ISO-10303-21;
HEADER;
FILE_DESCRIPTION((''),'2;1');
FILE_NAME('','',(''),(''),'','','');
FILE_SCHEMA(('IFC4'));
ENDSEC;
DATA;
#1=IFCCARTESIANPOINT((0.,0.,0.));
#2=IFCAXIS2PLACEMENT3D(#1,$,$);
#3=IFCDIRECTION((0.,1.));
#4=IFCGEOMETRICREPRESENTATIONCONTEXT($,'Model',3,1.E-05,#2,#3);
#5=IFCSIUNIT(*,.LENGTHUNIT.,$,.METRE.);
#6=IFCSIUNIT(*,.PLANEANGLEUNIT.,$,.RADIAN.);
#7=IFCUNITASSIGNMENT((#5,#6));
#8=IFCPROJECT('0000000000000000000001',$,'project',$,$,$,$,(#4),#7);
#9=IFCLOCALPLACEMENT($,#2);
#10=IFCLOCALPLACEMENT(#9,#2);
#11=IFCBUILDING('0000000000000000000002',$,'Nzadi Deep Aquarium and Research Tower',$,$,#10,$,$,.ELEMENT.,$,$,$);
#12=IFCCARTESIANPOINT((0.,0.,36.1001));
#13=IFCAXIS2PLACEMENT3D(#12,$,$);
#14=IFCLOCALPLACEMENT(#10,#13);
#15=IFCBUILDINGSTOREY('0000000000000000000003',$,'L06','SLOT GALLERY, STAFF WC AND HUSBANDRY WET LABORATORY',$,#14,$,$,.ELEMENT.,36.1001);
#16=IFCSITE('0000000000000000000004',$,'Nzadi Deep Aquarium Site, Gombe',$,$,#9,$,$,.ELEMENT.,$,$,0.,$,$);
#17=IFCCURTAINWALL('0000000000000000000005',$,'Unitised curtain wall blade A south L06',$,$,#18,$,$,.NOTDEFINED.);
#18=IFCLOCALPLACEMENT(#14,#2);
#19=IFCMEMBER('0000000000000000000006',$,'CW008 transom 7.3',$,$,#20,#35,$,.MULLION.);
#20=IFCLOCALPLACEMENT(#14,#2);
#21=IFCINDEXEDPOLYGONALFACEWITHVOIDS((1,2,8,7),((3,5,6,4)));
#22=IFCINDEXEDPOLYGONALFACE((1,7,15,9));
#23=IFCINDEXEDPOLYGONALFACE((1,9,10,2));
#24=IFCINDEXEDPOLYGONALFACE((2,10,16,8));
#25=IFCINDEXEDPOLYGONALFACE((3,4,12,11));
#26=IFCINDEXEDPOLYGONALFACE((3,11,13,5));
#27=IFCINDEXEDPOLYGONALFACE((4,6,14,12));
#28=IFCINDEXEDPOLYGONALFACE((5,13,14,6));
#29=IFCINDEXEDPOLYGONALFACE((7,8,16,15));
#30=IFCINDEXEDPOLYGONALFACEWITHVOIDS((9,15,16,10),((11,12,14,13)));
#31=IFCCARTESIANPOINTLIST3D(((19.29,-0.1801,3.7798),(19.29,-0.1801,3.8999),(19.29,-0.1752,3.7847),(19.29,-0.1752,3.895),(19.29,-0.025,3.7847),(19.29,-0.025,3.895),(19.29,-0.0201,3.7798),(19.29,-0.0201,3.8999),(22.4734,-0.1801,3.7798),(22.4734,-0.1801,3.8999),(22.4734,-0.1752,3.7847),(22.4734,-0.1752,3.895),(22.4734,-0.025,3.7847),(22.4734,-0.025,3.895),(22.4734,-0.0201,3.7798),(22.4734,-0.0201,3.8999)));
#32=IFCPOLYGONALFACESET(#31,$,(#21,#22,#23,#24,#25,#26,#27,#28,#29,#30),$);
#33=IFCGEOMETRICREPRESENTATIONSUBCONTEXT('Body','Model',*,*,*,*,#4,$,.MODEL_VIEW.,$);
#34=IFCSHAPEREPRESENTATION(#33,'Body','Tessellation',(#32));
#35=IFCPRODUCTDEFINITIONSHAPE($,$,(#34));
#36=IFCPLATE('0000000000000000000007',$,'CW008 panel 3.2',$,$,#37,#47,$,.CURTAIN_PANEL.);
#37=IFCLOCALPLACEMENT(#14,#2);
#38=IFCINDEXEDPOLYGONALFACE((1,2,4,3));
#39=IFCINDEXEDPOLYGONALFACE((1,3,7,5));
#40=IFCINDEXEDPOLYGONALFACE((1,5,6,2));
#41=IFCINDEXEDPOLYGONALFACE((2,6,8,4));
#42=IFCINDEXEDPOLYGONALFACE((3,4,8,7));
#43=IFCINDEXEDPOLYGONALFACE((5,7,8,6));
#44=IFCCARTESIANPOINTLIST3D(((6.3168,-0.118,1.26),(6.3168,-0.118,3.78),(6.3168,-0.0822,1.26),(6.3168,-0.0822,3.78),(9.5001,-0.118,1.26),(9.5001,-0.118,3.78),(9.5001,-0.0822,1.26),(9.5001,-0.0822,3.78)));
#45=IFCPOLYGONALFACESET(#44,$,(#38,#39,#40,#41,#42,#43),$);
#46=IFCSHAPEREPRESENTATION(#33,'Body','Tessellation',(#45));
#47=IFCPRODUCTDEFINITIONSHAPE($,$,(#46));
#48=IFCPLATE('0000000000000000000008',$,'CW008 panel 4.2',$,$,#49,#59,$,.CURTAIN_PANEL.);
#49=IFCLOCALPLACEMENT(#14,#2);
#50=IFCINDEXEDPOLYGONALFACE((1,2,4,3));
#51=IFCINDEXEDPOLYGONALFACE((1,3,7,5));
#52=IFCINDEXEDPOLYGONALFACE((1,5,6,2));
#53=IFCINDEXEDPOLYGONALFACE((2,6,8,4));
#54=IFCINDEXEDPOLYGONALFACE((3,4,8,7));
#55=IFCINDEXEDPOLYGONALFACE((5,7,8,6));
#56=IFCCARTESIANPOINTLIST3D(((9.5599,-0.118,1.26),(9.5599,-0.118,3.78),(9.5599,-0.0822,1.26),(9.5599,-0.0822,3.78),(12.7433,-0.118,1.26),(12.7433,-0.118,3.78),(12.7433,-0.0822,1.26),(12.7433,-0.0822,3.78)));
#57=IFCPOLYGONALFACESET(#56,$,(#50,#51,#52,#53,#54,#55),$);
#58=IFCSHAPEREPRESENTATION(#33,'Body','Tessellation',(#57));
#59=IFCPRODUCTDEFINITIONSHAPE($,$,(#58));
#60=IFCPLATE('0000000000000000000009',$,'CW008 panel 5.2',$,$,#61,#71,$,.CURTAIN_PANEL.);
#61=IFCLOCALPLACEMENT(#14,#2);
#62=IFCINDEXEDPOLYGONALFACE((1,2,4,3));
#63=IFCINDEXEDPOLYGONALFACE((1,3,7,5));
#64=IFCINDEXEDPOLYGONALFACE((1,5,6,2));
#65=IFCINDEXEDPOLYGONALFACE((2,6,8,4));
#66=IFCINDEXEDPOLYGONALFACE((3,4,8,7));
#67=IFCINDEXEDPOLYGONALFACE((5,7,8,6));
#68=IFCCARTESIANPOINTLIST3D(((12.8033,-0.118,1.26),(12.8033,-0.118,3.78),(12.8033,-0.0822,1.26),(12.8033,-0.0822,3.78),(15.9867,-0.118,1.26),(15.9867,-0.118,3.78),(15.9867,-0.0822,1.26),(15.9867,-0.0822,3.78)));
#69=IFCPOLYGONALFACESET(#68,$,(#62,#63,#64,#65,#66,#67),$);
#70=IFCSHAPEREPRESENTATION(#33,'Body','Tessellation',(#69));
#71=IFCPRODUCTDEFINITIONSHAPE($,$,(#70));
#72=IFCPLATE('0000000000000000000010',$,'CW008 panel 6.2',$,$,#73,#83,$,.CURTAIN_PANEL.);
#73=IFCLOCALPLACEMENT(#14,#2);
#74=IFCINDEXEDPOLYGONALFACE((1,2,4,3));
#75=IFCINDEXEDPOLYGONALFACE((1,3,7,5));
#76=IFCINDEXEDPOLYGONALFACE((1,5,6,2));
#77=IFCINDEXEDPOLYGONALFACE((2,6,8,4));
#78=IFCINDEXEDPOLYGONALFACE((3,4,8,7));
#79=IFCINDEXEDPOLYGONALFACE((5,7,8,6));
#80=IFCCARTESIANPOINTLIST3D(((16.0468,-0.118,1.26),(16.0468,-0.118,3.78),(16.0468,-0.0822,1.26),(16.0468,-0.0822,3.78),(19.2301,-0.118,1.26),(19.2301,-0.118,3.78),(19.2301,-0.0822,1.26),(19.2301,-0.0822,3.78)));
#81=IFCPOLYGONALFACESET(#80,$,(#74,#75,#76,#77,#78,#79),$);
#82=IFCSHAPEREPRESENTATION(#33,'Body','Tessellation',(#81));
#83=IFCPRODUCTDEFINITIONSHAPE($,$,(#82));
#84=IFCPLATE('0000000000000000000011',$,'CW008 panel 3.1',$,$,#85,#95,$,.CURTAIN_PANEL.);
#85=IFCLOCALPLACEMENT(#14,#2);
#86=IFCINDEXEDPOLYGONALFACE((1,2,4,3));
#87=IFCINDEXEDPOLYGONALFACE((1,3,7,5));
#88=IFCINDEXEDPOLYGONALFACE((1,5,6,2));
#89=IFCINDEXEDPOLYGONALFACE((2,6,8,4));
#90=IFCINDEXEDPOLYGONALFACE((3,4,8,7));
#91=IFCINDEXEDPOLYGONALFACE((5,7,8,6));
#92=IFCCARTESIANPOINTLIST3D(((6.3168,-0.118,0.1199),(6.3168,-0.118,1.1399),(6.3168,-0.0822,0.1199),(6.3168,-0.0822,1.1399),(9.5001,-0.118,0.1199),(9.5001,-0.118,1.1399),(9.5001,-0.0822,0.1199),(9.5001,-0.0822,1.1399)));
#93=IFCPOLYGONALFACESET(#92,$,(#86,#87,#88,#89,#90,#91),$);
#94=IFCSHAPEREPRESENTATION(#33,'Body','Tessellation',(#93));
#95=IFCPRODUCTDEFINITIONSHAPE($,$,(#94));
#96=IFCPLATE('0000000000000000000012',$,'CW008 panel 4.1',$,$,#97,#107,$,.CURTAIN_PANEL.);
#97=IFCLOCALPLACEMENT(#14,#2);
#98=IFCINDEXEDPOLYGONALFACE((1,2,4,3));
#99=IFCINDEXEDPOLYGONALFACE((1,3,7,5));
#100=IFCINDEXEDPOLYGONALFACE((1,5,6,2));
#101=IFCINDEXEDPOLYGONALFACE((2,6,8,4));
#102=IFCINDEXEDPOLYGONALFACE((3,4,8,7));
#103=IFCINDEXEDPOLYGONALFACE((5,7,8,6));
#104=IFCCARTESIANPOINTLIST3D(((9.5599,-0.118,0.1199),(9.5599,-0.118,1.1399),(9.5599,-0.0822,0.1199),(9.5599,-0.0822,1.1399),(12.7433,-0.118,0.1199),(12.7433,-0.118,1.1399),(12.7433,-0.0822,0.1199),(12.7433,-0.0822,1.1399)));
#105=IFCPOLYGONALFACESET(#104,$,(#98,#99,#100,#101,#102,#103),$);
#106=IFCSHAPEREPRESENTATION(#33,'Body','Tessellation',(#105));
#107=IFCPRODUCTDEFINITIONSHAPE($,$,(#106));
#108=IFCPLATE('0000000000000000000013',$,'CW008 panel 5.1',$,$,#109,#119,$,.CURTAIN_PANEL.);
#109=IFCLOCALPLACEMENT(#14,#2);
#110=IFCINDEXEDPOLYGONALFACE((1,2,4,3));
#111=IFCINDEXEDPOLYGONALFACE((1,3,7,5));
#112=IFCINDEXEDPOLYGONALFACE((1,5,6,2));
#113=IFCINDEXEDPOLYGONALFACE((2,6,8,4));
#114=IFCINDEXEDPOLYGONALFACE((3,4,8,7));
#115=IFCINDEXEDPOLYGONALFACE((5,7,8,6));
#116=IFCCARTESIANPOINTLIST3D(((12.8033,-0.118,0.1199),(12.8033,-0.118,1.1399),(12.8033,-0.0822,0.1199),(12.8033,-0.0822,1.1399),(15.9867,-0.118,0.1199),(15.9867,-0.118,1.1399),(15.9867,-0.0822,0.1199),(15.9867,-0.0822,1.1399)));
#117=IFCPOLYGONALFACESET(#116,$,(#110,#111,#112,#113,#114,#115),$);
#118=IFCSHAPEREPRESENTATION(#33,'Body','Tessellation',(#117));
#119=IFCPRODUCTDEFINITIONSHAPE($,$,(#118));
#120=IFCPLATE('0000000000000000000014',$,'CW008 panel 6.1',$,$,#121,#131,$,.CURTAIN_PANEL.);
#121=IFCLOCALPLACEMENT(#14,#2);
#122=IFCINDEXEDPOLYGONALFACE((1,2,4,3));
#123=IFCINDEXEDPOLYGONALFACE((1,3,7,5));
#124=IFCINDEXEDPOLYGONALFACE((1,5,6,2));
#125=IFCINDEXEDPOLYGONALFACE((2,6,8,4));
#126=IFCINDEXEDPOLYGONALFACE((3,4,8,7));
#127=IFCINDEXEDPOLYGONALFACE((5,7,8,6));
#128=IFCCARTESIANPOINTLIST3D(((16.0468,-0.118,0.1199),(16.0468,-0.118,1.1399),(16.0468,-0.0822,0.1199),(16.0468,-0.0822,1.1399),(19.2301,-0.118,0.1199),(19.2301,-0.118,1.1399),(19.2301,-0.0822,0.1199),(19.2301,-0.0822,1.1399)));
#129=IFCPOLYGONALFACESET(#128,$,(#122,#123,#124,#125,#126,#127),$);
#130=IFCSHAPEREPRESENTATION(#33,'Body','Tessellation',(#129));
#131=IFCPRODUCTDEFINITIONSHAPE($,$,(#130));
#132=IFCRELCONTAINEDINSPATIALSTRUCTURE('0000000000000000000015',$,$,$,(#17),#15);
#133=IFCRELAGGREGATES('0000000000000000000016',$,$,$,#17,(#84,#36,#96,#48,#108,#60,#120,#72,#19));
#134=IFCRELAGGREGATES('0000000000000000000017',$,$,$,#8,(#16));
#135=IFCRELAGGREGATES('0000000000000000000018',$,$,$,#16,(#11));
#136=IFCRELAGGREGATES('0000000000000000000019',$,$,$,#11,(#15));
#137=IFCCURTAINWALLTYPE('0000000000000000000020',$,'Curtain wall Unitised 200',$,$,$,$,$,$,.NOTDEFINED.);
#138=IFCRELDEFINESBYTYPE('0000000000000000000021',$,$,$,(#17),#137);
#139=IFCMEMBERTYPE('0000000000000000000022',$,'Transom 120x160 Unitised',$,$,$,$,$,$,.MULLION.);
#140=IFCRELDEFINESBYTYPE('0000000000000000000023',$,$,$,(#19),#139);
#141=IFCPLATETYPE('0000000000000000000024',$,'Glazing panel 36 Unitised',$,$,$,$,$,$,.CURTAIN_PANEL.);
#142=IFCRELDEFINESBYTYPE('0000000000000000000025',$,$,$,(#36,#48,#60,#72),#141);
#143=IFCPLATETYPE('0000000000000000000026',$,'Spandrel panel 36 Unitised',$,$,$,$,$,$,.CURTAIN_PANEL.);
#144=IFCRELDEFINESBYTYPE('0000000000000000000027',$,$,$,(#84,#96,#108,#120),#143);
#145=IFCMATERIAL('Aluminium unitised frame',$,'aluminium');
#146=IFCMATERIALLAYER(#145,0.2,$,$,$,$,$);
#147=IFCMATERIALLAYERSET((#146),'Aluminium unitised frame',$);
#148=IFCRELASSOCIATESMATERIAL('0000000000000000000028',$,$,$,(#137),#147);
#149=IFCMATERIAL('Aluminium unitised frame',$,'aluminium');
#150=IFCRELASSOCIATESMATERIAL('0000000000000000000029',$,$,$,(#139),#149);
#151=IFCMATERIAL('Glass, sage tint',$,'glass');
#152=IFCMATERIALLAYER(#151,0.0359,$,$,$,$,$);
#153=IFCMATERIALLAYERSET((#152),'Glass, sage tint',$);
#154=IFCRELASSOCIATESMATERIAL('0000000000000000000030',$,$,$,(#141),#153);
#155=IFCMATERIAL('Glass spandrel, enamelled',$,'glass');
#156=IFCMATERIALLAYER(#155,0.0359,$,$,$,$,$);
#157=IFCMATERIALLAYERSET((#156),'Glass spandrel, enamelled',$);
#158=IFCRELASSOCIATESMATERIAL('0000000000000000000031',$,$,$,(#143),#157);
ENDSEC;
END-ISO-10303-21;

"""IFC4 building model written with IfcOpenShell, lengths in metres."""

from ifc_helpers import new_model, si_unit, direction, frame, origin, origin_2d, place, context, subcontext, project, spatial, rectangle, hollow_rectangle, extrude, material, layer, layer_set, material_profile, profile_set, type_object, element, aggregate, save


model = new_model("IFC4")

# Units and contexts
model_context = context("Model", 3, precision=1e-05, world=origin(), true_north=direction((0.0, 1.0)))
body_context = subcontext(model_context, "Body", "Model", "MODEL_VIEW")
ifc_project = project(units=[si_unit("LENGTHUNIT", "METRE"), si_unit("PLANEANGLEUNIT", "RADIAN")], contexts=[model_context])

# Site, building, storey
site_placement = place(None, origin())
site = spatial("IfcSite", under=ifc_project, at=site_placement, Name="Nzadi Deep Aquarium Site, Gombe", CompositionType="ELEMENT", RefElevation=0.0)
building_placement = place(site_placement, origin())
building = spatial("IfcBuilding", under=site, at=building_placement, Name="Nzadi Deep Aquarium and Research Tower", CompositionType="ELEMENT")
storey_placement = place(building_placement, frame((0.0, 0.0, 36.1001)))
storey = spatial("IfcBuildingStorey", under=building, at=storey_placement, Name="L06", Description="SLOT GALLERY, STAFF WC AND HUSBANDRY WET LABORATORY", CompositionType="ELEMENT", Elevation=36.1001)

# Curtain wall
ifc_material_1 = material(Name="Aluminium unitised frame", Category="aluminium")
ifc_layer_1 = layer(ifc_material_1, 0.2)
ifc_layer_set_1 = layer_set([ifc_layer_1], Name="Aluminium unitised frame")
curtain_wall_type = type_object("IfcCurtainWallType", Name="Curtain wall Unitised 200", PredefinedType="NOTDEFINED", material=ifc_layer_set_1)
curtain_wall_placement = place(storey_placement, origin())
curtain_wall = element("IfcCurtainWall", 1, at=curtain_wall_placement, inside=storey, type_object=curtain_wall_type, Name="Unitised curtain wall blade A south L06", PredefinedType="NOTDEFINED")

# Member
ifc_material_2 = material(Name="Aluminium unitised frame", Category="aluminium")
ifc_material_profile_1 = material_profile(ifc_material_2, hollow_rectangle(XDim=0.1599, YDim=0.1201, WallThickness=0.0049, at=origin_2d()))
ifc_profile_set_1 = profile_set([ifc_material_profile_1], Name="Aluminium unitised frame")
member_type_1 = type_object("IfcMemberType", Name="Transom 120x160 Unitised", PredefinedType="MULLION", material=ifc_profile_set_1)
member_1_placement = place(storey_placement, frame((19.29, -0.1001, 3.8398), z_axis=(1.0, 0.0, 0.0), x_axis=(0.0, 1.0, 0.0)))
member_1 = element("IfcMember", 2, at=member_1_placement, type_object=member_type_1, Name="CW008 transom 7.3", PredefinedType="MULLION", context=body_context, shape_type="SweptSolid", body=[
    extrude(hollow_rectangle(XDim=0.1599, YDim=0.1201, WallThickness=0.0049, at=origin_2d()), origin(), (0.0, 0.0, 1.0), 3.1833),
])

# Plates
ifc_material_3 = material(Name="Glass, sage tint", Category="glass")
ifc_layer_2 = layer(ifc_material_3, 0.0359)
ifc_layer_set_2 = layer_set([ifc_layer_2], Name="Glass, sage tint")
plate_type_1 = type_object("IfcPlateType", Name="Glazing panel 36 Unitised", PredefinedType="CURTAIN_PANEL", material=ifc_layer_set_2)
plate_1_placement = place(storey_placement, frame((7.9084, -0.1001, 1.26), z_axis=(0.0, 0.0, 1.0), x_axis=(1.0, 0.0, 0.0)))
plate_1 = element("IfcPlate", 3, at=plate_1_placement, type_object=plate_type_1, Name="CW008 panel 3.2", PredefinedType="CURTAIN_PANEL", context=body_context, shape_type="SweptSolid", body=[
    extrude(rectangle(XDim=3.1833, YDim=0.0359, at=origin_2d()), origin(), (0.0, 0.0, 1.0), 2.52),
])
plate_2_placement = place(storey_placement, frame((11.1516, -0.1001, 1.26), z_axis=(0.0, 0.0, 1.0), x_axis=(1.0, 0.0, 0.0)))
plate_2 = element("IfcPlate", 4, at=plate_2_placement, type_object=plate_type_1, Name="CW008 panel 4.2", PredefinedType="CURTAIN_PANEL", context=body_context, shape_type="SweptSolid", body=[
    extrude(rectangle(XDim=3.1833, YDim=0.0359, at=origin_2d()), origin(), (0.0, 0.0, 1.0), 2.52),
])
plate_3_placement = place(storey_placement, frame((14.395, -0.1001, 1.26), z_axis=(0.0, 0.0, 1.0), x_axis=(1.0, 0.0, 0.0)))
plate_3 = element("IfcPlate", 5, at=plate_3_placement, type_object=plate_type_1, Name="CW008 panel 5.2", PredefinedType="CURTAIN_PANEL", context=body_context, shape_type="SweptSolid", body=[
    extrude(rectangle(XDim=3.1833, YDim=0.0359, at=origin_2d()), origin(), (0.0, 0.0, 1.0), 2.52),
])
plate_4_placement = place(storey_placement, frame((17.6384, -0.1001, 1.26), z_axis=(0.0, 0.0, 1.0), x_axis=(1.0, 0.0, 0.0)))
plate_4 = element("IfcPlate", 6, at=plate_4_placement, type_object=plate_type_1, Name="CW008 panel 6.2", PredefinedType="CURTAIN_PANEL", context=body_context, shape_type="SweptSolid", body=[
    extrude(rectangle(XDim=3.1833, YDim=0.0359, at=origin_2d()), origin(), (0.0, 0.0, 1.0), 2.52),
])
ifc_material_4 = material(Name="Glass spandrel, enamelled", Category="glass")
ifc_layer_3 = layer(ifc_material_4, 0.0359)
ifc_layer_set_3 = layer_set([ifc_layer_3], Name="Glass spandrel, enamelled")
plate_type_2 = type_object("IfcPlateType", Name="Spandrel panel 36 Unitised", PredefinedType="CURTAIN_PANEL", material=ifc_layer_set_3)
plate_5_placement = place(storey_placement, frame((7.9084, -0.1001, 0.1199), z_axis=(0.0, 0.0, 1.0), x_axis=(1.0, 0.0, 0.0)))
plate_5 = element("IfcPlate", 7, at=plate_5_placement, type_object=plate_type_2, Name="CW008 panel 3.1", PredefinedType="CURTAIN_PANEL", context=body_context, shape_type="SweptSolid", body=[
    extrude(rectangle(XDim=3.1833, YDim=0.0359, at=origin_2d()), origin(), (0.0, 0.0, 1.0), 1.02),
])
plate_6_placement = place(storey_placement, frame((11.1516, -0.1001, 0.1199), z_axis=(0.0, 0.0, 1.0), x_axis=(1.0, 0.0, 0.0)))
plate_6 = element("IfcPlate", 8, at=plate_6_placement, type_object=plate_type_2, Name="CW008 panel 4.1", PredefinedType="CURTAIN_PANEL", context=body_context, shape_type="SweptSolid", body=[
    extrude(rectangle(XDim=3.1833, YDim=0.0359, at=origin_2d()), origin(), (0.0, 0.0, 1.0), 1.02),
])
plate_7_placement = place(storey_placement, frame((14.395, -0.1001, 0.1199), z_axis=(0.0, 0.0, 1.0), x_axis=(1.0, 0.0, 0.0)))
plate_7 = element("IfcPlate", 9, at=plate_7_placement, type_object=plate_type_2, Name="CW008 panel 5.1", PredefinedType="CURTAIN_PANEL", context=body_context, shape_type="SweptSolid", body=[
    extrude(rectangle(XDim=3.1833, YDim=0.0359, at=origin_2d()), origin(), (0.0, 0.0, 1.0), 1.02),
])
plate_8_placement = place(storey_placement, frame((17.6384, -0.1001, 0.1199), z_axis=(0.0, 0.0, 1.0), x_axis=(1.0, 0.0, 0.0)))
plate_8 = element("IfcPlate", 10, at=plate_8_placement, type_object=plate_type_2, Name="CW008 panel 6.1", PredefinedType="CURTAIN_PANEL", context=body_context, shape_type="SweptSolid", body=[
    extrude(rectangle(XDim=3.1833, YDim=0.0359, at=origin_2d()), origin(), (0.0, 0.0, 1.0), 1.02),
])
aggregate(curtain_wall, [plate_5, plate_1, plate_6, plate_2, plate_7, plate_3, plate_8, plate_4, member_1])

save(model, "model.ifc")
